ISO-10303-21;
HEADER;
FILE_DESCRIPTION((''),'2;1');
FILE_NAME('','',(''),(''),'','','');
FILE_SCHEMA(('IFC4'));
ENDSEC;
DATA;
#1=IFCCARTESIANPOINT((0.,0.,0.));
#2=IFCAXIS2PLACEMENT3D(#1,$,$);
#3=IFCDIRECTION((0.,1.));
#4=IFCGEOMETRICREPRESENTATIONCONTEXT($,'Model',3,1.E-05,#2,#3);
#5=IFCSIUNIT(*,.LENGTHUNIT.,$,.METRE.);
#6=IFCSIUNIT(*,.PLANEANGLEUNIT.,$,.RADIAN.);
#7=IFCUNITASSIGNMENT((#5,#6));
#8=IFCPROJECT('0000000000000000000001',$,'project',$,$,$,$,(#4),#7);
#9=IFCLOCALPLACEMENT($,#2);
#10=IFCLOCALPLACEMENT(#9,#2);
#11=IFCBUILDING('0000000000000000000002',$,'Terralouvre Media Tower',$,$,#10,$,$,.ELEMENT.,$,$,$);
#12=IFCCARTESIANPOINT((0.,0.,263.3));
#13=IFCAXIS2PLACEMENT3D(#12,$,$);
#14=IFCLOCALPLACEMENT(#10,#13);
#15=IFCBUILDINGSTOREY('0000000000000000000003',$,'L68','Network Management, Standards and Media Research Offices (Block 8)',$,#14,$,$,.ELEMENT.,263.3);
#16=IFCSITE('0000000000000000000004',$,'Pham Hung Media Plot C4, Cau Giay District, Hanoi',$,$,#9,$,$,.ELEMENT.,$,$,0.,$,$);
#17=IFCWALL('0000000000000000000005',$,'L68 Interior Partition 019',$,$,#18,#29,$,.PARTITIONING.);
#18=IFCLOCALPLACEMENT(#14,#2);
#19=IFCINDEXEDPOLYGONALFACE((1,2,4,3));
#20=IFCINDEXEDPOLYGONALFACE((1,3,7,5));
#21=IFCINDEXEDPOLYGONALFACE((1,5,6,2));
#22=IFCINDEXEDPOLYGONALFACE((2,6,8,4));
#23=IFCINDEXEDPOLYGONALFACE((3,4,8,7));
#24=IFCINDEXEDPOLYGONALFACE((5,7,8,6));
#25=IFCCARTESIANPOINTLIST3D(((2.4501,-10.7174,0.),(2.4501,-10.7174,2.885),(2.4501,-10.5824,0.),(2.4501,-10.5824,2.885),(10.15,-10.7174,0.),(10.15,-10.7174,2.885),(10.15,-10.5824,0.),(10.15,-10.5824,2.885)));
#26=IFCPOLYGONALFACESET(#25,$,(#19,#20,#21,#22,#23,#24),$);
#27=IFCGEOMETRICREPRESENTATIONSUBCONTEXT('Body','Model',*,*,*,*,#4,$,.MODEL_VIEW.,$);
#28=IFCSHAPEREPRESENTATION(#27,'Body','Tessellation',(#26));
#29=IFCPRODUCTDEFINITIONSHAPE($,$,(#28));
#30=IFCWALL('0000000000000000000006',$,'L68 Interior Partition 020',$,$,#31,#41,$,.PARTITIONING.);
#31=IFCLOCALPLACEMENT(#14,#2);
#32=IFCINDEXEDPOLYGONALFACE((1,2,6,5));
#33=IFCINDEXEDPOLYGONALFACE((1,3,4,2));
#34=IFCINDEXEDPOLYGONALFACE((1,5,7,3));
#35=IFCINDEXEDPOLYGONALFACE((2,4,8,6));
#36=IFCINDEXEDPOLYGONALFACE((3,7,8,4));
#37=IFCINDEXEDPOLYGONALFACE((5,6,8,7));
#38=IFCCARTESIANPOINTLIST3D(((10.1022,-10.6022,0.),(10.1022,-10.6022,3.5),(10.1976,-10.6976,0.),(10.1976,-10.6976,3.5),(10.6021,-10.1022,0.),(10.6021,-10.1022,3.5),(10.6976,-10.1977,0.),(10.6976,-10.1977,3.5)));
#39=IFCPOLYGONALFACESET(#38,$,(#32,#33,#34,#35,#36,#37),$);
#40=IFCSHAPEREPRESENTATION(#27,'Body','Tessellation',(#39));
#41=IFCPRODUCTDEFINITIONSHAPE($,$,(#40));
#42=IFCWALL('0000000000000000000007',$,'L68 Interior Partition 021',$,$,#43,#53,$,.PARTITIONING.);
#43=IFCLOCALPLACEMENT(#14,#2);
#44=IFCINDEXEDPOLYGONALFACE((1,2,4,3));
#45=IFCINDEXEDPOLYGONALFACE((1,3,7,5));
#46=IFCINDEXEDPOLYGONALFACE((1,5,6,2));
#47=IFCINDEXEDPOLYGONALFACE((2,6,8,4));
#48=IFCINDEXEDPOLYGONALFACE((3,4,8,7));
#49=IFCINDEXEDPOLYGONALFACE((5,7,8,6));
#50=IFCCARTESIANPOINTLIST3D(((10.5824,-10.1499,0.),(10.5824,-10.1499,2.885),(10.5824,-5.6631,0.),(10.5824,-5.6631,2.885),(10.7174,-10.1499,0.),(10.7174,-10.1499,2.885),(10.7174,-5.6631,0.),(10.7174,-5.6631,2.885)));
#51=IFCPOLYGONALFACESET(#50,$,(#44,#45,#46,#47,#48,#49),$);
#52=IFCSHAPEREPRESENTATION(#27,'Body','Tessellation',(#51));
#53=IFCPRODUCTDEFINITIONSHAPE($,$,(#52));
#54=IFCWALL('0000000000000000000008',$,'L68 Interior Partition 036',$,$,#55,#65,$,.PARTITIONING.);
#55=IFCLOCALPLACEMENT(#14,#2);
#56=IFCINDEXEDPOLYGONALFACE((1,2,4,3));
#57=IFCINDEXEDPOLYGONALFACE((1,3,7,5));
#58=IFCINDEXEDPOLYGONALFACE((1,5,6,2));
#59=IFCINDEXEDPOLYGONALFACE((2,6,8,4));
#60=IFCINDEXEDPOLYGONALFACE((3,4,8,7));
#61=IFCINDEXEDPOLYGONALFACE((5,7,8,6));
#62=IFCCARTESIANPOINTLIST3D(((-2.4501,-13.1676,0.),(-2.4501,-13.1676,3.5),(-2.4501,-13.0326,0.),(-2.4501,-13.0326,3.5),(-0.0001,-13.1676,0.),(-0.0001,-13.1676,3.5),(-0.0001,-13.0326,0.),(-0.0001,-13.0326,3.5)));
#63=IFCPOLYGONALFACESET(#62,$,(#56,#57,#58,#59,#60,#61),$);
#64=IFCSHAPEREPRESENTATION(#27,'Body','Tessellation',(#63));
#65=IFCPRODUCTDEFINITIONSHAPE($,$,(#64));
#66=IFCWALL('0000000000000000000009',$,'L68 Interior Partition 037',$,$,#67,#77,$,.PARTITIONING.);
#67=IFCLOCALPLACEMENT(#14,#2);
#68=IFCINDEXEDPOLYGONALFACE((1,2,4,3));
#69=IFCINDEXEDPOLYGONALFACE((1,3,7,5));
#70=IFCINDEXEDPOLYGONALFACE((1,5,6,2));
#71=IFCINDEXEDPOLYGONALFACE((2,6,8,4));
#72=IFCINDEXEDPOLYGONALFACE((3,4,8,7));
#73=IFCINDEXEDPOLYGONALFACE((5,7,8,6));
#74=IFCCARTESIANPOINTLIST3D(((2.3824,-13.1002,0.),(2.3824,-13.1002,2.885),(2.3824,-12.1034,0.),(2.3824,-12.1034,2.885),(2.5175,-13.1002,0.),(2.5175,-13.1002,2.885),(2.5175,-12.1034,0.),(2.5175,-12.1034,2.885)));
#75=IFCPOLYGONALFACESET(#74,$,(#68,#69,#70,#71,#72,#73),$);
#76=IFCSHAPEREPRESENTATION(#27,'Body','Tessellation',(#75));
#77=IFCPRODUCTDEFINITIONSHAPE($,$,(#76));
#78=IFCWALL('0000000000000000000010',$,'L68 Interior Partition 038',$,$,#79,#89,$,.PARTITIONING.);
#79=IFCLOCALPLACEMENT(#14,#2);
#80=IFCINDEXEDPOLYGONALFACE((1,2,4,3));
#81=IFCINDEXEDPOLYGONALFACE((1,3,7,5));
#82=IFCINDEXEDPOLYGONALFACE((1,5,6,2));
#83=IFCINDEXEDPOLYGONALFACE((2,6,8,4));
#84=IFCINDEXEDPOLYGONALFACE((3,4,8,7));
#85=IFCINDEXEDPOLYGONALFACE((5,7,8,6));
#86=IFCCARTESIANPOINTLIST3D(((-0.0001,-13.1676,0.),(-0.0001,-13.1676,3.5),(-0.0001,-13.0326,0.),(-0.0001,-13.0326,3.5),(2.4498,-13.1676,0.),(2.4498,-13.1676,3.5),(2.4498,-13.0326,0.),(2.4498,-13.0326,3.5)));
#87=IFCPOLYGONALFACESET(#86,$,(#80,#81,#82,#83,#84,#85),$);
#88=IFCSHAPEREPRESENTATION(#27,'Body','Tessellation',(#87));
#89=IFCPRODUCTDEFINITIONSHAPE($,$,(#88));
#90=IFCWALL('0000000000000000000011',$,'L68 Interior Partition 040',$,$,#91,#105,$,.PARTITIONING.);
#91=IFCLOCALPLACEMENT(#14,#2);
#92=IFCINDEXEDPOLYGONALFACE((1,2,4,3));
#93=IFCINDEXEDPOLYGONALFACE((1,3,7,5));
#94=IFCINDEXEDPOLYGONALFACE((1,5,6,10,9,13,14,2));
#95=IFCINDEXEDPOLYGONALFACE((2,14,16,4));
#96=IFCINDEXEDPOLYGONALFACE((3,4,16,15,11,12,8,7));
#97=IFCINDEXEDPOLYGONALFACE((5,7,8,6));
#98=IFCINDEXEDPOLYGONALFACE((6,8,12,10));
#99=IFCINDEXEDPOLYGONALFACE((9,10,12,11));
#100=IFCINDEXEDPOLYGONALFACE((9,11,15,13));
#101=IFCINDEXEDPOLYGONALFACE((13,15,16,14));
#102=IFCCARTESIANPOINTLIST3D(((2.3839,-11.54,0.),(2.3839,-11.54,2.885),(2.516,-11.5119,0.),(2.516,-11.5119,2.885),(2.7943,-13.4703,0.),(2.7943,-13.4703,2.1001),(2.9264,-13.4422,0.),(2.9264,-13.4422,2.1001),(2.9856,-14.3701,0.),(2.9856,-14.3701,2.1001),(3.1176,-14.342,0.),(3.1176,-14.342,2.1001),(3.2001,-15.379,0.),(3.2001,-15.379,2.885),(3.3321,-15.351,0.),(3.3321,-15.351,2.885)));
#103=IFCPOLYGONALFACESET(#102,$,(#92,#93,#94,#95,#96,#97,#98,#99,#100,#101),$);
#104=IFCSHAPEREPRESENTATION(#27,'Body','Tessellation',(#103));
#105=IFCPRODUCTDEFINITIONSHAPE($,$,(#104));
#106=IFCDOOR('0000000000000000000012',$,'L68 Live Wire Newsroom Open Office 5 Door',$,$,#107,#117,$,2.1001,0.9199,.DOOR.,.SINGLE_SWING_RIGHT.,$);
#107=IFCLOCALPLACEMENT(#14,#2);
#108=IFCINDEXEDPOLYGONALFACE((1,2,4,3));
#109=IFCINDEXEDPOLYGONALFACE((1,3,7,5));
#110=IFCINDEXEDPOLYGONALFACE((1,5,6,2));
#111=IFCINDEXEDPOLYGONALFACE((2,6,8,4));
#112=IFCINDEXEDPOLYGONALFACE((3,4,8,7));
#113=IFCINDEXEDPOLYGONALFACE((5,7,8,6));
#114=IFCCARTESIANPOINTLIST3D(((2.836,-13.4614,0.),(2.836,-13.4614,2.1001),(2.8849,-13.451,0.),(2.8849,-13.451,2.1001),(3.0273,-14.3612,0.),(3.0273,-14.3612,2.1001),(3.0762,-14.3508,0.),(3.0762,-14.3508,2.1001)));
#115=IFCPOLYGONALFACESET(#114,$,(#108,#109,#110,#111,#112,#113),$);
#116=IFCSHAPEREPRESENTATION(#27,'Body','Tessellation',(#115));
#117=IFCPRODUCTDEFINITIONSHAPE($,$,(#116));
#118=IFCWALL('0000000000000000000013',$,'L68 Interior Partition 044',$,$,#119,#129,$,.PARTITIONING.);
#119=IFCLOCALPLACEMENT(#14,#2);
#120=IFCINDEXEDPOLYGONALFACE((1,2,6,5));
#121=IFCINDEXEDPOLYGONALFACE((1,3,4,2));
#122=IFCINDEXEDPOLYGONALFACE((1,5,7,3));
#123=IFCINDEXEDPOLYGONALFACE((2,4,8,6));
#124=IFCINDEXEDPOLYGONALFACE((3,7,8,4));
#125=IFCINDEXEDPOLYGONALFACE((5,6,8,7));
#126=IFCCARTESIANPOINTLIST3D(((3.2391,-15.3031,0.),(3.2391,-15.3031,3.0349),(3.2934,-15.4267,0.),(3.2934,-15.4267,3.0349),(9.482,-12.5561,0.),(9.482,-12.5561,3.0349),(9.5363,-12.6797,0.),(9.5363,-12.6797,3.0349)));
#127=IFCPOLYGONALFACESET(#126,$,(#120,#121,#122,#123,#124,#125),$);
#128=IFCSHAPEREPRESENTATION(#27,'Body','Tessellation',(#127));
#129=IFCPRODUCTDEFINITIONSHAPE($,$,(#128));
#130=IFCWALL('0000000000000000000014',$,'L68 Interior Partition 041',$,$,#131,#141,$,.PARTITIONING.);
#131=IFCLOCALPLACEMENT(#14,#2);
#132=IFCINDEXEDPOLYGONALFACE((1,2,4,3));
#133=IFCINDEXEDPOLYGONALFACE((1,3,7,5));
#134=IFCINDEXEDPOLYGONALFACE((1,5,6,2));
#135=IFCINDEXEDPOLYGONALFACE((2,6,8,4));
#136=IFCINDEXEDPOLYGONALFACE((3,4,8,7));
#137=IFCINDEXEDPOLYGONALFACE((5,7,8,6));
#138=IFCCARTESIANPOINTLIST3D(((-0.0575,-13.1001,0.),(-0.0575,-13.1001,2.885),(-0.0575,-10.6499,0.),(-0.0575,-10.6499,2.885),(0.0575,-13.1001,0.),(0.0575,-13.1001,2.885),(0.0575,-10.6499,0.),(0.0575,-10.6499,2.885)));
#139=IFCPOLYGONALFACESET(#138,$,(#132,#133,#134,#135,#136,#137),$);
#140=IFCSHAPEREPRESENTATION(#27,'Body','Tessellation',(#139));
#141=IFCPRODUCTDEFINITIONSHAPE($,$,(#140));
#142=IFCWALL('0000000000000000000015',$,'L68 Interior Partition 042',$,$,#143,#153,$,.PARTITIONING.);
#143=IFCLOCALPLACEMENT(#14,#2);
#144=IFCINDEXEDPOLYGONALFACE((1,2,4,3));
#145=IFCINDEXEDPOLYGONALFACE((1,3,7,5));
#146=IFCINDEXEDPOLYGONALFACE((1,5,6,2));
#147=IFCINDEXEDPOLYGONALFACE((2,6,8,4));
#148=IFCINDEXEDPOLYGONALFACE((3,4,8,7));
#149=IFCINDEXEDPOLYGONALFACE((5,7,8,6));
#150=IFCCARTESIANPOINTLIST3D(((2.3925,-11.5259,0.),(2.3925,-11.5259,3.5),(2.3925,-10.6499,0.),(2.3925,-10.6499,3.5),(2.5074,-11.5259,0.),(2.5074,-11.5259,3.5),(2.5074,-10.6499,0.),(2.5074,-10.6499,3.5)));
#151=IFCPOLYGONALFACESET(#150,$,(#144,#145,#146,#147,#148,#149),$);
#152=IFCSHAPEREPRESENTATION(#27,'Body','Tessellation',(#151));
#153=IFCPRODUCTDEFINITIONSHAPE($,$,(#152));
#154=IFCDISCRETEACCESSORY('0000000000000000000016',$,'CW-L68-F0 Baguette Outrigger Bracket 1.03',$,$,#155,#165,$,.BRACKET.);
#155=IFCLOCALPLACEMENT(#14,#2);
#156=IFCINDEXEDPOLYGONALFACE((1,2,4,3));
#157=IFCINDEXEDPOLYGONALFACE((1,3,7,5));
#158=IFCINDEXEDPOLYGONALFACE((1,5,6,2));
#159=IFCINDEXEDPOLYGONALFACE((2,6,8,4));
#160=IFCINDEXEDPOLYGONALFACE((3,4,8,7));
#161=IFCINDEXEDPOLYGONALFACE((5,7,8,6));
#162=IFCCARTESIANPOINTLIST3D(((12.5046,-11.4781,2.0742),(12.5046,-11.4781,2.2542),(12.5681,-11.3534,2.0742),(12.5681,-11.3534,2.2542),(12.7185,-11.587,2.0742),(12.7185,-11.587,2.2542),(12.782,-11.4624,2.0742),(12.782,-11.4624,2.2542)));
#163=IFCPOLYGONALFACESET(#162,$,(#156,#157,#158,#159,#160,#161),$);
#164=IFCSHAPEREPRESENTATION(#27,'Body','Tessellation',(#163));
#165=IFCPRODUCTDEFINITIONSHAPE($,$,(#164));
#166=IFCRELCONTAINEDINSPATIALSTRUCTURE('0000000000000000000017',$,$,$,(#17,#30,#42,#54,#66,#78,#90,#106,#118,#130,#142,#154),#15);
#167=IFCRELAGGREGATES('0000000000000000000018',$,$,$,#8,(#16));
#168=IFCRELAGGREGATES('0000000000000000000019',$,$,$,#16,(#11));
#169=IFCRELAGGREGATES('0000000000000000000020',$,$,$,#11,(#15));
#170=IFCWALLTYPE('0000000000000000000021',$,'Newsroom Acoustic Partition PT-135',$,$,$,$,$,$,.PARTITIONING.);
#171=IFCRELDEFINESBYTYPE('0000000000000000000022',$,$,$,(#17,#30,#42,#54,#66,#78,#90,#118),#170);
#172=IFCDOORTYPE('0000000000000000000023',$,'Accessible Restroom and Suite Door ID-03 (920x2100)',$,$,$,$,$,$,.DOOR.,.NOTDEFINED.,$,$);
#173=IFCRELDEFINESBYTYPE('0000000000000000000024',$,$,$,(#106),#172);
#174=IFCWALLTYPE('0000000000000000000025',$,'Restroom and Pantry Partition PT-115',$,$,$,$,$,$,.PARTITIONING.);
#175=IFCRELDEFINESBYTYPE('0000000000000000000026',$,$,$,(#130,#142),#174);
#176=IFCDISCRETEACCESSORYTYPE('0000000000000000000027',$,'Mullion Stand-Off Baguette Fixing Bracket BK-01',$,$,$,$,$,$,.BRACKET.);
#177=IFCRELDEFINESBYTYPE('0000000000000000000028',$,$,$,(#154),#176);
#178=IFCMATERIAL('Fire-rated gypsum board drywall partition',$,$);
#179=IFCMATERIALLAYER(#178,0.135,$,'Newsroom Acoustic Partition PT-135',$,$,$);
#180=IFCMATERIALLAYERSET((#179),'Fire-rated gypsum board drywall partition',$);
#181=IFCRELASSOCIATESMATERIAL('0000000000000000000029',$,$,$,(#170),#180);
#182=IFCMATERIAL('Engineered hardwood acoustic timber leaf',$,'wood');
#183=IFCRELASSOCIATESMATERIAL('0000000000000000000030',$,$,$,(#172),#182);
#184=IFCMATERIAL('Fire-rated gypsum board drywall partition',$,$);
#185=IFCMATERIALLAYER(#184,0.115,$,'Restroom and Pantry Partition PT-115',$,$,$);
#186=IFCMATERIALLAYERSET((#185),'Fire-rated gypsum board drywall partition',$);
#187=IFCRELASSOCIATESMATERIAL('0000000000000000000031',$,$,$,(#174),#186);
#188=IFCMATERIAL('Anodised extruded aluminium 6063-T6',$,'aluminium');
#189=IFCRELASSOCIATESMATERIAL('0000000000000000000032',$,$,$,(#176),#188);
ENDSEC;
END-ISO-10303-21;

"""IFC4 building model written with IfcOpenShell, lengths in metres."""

from ifc_helpers import new_model, si_unit, direction, frame, frame_2d, origin, origin_2d, place, context, subcontext, project, spatial, rectangle, extrude, material, layer, layer_set, type_object, element, fill, save


model = new_model("IFC4")

# Units and contexts
model_context = context("Model", 3, precision=1e-05, world=origin(), true_north=direction((0.0, 1.0)))
body_context = subcontext(model_context, "Body", "Model", "MODEL_VIEW")
ifc_project = project(units=[si_unit("LENGTHUNIT", "METRE"), si_unit("PLANEANGLEUNIT", "RADIAN")], contexts=[model_context])

# Site, building, storey
site_placement = place(None, origin())
site = spatial("IfcSite", under=ifc_project, at=site_placement, Name="Pham Hung Media Plot C4, Cau Giay District, Hanoi", CompositionType="ELEMENT", RefElevation=0.0)
building_placement = place(site_placement, origin())
building = spatial("IfcBuilding", under=site, at=building_placement, Name="Terralouvre Media Tower", CompositionType="ELEMENT")
storey_placement = place(building_placement, frame((0.0, 0.0, 263.3)))
storey = spatial("IfcBuildingStorey", under=building, at=storey_placement, Name="L68", Description="Network Management, Standards and Media Research Offices (Block 8)", CompositionType="ELEMENT", Elevation=263.3)

# Walls
ifc_material_1 = material(Name="Fire-rated gypsum board drywall partition")
ifc_layer_1 = layer(ifc_material_1, 0.135, Name="Newsroom Acoustic Partition PT-135")
ifc_layer_set_1 = layer_set([ifc_layer_1], Name="Fire-rated gypsum board drywall partition")
wall_type_1 = type_object("IfcWallType", Name="Newsroom Acoustic Partition PT-135", PredefinedType="PARTITIONING", material=ifc_layer_set_1)
wall_1_placement = place(storey_placement, frame((2.45, -10.6499, 0.0), z_axis=(0.0, 0.0, 1.0), x_axis=(1.0, 0.0, 0.0)))
element("IfcWall", 1, at=wall_1_placement, inside=storey, type_object=wall_type_1, Name="L68 Interior Partition 019", PredefinedType="PARTITIONING", context=body_context, shape_type="SweptSolid", body=[
    extrude(rectangle(XDim=7.7, YDim=0.135, at=frame_2d((3.8501, 0.0))), origin(), (0.0, 0.0, 1.0), 2.885),
])
wall_2_placement = place(storey_placement, frame((10.1499, -10.6499, 0.0), z_axis=(0.0, 0.0, 1.0), x_axis=(0.707107, 0.707107, 0.0)))
element("IfcWall", 2, at=wall_2_placement, inside=storey, type_object=wall_type_1, Name="L68 Interior Partition 020", PredefinedType="PARTITIONING", context=body_context, shape_type="SweptSolid", body=[
    extrude(rectangle(XDim=0.707, YDim=0.135, at=frame_2d((0.3535, 0.0))), origin(), (0.0, 0.0, 1.0), 3.5),
])
wall_3_placement = place(storey_placement, frame((10.6499, -10.1499, 0.0), z_axis=(0.0, 0.0, 1.0), x_axis=(0.0, 1.0, 0.0)))
element("IfcWall", 3, at=wall_3_placement, inside=storey, type_object=wall_type_1, Name="L68 Interior Partition 021", PredefinedType="PARTITIONING", context=body_context, shape_type="SweptSolid", body=[
    extrude(rectangle(XDim=4.4868, YDim=0.135, at=frame_2d((2.2434, 0.0))), origin(), (0.0, 0.0, 1.0), 2.885),
])
wall_4_placement = place(storey_placement, frame((0.0, -13.1001, 0.0), z_axis=(0.0, 0.0, 1.0), x_axis=(-1.0, 0.0, 0.0)))
element("IfcWall", 4, at=wall_4_placement, inside=storey, type_object=wall_type_1, Name="L68 Interior Partition 036", PredefinedType="PARTITIONING", context=body_context, shape_type="SweptSolid", body=[
    extrude(rectangle(XDim=2.45, YDim=0.135, at=frame_2d((1.2251, 0.0))), origin(), (0.0, 0.0, 1.0), 3.5),
])
wall_5_placement = place(storey_placement, frame((2.45, -12.1033, 0.0), z_axis=(0.0, 0.0, 1.0), x_axis=(0.0, -1.0, 0.0)))
element("IfcWall", 5, at=wall_5_placement, inside=storey, type_object=wall_type_1, Name="L68 Interior Partition 037", PredefinedType="PARTITIONING", context=body_context, shape_type="SweptSolid", body=[
    extrude(rectangle(XDim=0.9968, YDim=0.135, at=frame_2d((0.4985, 0.0))), origin(), (0.0, 0.0, 1.0), 2.885),
])
wall_6_placement = place(storey_placement, frame((2.45, -13.1001, 0.0), z_axis=(0.0, 0.0, 1.0), x_axis=(-1.0, 0.0, 0.0)))
element("IfcWall", 6, at=wall_6_placement, inside=storey, type_object=wall_type_1, Name="L68 Interior Partition 038", PredefinedType="PARTITIONING", context=body_context, shape_type="SweptSolid", body=[
    extrude(rectangle(XDim=2.45, YDim=0.135, at=frame_2d((1.2251, 0.0))), origin(), (0.0, 0.0, 1.0), 3.5),
])

# Wall, opening, door
wall_7_placement = place(storey_placement, frame((3.2661, -15.365, 0.0), z_axis=(0.0, 0.0, 1.0), x_axis=(-0.207944, 0.978141, 0.0)))
wall_7 = element("IfcWall", 7, at=wall_7_placement, inside=storey, type_object=wall_type_1, Name="L68 Interior Partition 040", PredefinedType="PARTITIONING", context=body_context, shape_type="SweptSolid", body=[
    extrude(rectangle(XDim=3.9248, YDim=0.135, at=frame_2d((1.9624, 0.0))), origin(), (0.0, 0.0, 1.0), 2.885),
])
opening_placement = place(wall_7_placement, frame((1.0315, 0.0, 0.0)))
opening = element("IfcOpeningElement", 8, at=opening_placement, cuts=wall_7, PredefinedType="OPENING", context=body_context, shape_type="SweptSolid", body=[
    extrude(rectangle(XDim=0.9199, YDim=2.1001, at=frame_2d((0.46, 1.05))), frame((0.0, 0.0774, 0.0), z_axis=(0.0, -1.0, 0.0), x_axis=(1.0, 0.0, 0.0)), (0.0, 0.0, 1.0), 0.155),
])
ifc_material_2 = material(Name="Engineered hardwood acoustic timber leaf", Category="wood")
door_type = type_object("IfcDoorType", Name="Accessible Restroom and Suite Door ID-03 (920x2100)", OperationType="NOTDEFINED", PredefinedType="DOOR", material=ifc_material_2)
door_placement = place(opening_placement, origin())
door = element("IfcDoor", 9, at=door_placement, inside=storey, type_object=door_type, Name="L68 Live Wire Newsroom Open Office 5 Door", OperationType="SINGLE_SWING_RIGHT", OverallHeight=2.1001, OverallWidth=0.9199, PredefinedType="DOOR", context=body_context, shape_type="SweptSolid", body=[
    extrude(rectangle(XDim=0.9199, YDim=2.1001, at=frame_2d((0.46, 1.05))), frame((0.0, 0.0249, 0.0), z_axis=(0.0, -1.0, 0.0), x_axis=(1.0, 0.0, 0.0)), (0.0, 0.0, 1.0), 0.05),
])
fill(opening, door)

# Walls
wall_8_placement = place(storey_placement, frame((9.509, -12.6179, 0.0), z_axis=(0.0, 0.0, 1.0), x_axis=(-0.915305, -0.402761, 0.0)))
element("IfcWall", 10, at=wall_8_placement, inside=storey, type_object=wall_type_1, Name="L68 Interior Partition 044", PredefinedType="PARTITIONING", context=body_context, shape_type="SweptSolid", body=[
    extrude(rectangle(XDim=6.8206, YDim=0.135, at=frame_2d((3.4102, 0.0))), origin(), (0.0, 0.0, 1.0), 3.0349),
])
ifc_material_3 = material(Name="Fire-rated gypsum board drywall partition")
ifc_layer_2 = layer(ifc_material_3, 0.115, Name="Restroom and Pantry Partition PT-115")
ifc_layer_set_2 = layer_set([ifc_layer_2], Name="Fire-rated gypsum board drywall partition")
wall_type_2 = type_object("IfcWallType", Name="Restroom and Pantry Partition PT-115", PredefinedType="PARTITIONING", material=ifc_layer_set_2)
wall_9_placement = place(storey_placement, frame((0.0, -13.1001, 0.0), z_axis=(0.0, 0.0, 1.0), x_axis=(0.0, 1.0, 0.0)))
element("IfcWall", 11, at=wall_9_placement, inside=storey, type_object=wall_type_2, Name="L68 Interior Partition 041", PredefinedType="PARTITIONING", context=body_context, shape_type="SweptSolid", body=[
    extrude(rectangle(XDim=2.4502, YDim=0.115, at=frame_2d((1.2251, 0.0))), origin(), (0.0, 0.0, 1.0), 2.885),
])
wall_10_placement = place(storey_placement, frame((2.45, -11.5259, 0.0), z_axis=(0.0, 0.0, 1.0), x_axis=(0.0, 1.0, 0.0)))
element("IfcWall", 12, at=wall_10_placement, inside=storey, type_object=wall_type_2, Name="L68 Interior Partition 042", PredefinedType="PARTITIONING", context=body_context, shape_type="SweptSolid", body=[
    extrude(rectangle(XDim=0.876, YDim=0.115, at=frame_2d((0.438, 0.0))), origin(), (0.0, 0.0, 1.0), 3.5),
])

# Discrete accessory
ifc_material_4 = material(Name="Anodised extruded aluminium 6063-T6", Category="aluminium")
discrete_accessory_type = type_object("IfcDiscreteAccessoryType", Name="Mullion Stand-Off Baguette Fixing Bracket BK-01", PredefinedType="BRACKET", material=ifc_material_4)
discrete_accessory_placement = place(storey_placement, frame((12.6433, -11.4702, 2.0742), z_axis=(0.0, 0.0, 1.0), x_axis=(0.45399, 0.891007, 0.0)))
element("IfcDiscreteAccessory", 13, at=discrete_accessory_placement, inside=storey, type_object=discrete_accessory_type, Name="CW-L68-F0 Baguette Outrigger Bracket 1.03", PredefinedType="BRACKET", context=body_context, shape_type="SweptSolid", body=[
    extrude(rectangle(XDim=0.1399, YDim=0.24, at=origin_2d()), origin(), (0.0, 0.0, 1.0), 0.1799),
])

save(model, "model.ifc")
